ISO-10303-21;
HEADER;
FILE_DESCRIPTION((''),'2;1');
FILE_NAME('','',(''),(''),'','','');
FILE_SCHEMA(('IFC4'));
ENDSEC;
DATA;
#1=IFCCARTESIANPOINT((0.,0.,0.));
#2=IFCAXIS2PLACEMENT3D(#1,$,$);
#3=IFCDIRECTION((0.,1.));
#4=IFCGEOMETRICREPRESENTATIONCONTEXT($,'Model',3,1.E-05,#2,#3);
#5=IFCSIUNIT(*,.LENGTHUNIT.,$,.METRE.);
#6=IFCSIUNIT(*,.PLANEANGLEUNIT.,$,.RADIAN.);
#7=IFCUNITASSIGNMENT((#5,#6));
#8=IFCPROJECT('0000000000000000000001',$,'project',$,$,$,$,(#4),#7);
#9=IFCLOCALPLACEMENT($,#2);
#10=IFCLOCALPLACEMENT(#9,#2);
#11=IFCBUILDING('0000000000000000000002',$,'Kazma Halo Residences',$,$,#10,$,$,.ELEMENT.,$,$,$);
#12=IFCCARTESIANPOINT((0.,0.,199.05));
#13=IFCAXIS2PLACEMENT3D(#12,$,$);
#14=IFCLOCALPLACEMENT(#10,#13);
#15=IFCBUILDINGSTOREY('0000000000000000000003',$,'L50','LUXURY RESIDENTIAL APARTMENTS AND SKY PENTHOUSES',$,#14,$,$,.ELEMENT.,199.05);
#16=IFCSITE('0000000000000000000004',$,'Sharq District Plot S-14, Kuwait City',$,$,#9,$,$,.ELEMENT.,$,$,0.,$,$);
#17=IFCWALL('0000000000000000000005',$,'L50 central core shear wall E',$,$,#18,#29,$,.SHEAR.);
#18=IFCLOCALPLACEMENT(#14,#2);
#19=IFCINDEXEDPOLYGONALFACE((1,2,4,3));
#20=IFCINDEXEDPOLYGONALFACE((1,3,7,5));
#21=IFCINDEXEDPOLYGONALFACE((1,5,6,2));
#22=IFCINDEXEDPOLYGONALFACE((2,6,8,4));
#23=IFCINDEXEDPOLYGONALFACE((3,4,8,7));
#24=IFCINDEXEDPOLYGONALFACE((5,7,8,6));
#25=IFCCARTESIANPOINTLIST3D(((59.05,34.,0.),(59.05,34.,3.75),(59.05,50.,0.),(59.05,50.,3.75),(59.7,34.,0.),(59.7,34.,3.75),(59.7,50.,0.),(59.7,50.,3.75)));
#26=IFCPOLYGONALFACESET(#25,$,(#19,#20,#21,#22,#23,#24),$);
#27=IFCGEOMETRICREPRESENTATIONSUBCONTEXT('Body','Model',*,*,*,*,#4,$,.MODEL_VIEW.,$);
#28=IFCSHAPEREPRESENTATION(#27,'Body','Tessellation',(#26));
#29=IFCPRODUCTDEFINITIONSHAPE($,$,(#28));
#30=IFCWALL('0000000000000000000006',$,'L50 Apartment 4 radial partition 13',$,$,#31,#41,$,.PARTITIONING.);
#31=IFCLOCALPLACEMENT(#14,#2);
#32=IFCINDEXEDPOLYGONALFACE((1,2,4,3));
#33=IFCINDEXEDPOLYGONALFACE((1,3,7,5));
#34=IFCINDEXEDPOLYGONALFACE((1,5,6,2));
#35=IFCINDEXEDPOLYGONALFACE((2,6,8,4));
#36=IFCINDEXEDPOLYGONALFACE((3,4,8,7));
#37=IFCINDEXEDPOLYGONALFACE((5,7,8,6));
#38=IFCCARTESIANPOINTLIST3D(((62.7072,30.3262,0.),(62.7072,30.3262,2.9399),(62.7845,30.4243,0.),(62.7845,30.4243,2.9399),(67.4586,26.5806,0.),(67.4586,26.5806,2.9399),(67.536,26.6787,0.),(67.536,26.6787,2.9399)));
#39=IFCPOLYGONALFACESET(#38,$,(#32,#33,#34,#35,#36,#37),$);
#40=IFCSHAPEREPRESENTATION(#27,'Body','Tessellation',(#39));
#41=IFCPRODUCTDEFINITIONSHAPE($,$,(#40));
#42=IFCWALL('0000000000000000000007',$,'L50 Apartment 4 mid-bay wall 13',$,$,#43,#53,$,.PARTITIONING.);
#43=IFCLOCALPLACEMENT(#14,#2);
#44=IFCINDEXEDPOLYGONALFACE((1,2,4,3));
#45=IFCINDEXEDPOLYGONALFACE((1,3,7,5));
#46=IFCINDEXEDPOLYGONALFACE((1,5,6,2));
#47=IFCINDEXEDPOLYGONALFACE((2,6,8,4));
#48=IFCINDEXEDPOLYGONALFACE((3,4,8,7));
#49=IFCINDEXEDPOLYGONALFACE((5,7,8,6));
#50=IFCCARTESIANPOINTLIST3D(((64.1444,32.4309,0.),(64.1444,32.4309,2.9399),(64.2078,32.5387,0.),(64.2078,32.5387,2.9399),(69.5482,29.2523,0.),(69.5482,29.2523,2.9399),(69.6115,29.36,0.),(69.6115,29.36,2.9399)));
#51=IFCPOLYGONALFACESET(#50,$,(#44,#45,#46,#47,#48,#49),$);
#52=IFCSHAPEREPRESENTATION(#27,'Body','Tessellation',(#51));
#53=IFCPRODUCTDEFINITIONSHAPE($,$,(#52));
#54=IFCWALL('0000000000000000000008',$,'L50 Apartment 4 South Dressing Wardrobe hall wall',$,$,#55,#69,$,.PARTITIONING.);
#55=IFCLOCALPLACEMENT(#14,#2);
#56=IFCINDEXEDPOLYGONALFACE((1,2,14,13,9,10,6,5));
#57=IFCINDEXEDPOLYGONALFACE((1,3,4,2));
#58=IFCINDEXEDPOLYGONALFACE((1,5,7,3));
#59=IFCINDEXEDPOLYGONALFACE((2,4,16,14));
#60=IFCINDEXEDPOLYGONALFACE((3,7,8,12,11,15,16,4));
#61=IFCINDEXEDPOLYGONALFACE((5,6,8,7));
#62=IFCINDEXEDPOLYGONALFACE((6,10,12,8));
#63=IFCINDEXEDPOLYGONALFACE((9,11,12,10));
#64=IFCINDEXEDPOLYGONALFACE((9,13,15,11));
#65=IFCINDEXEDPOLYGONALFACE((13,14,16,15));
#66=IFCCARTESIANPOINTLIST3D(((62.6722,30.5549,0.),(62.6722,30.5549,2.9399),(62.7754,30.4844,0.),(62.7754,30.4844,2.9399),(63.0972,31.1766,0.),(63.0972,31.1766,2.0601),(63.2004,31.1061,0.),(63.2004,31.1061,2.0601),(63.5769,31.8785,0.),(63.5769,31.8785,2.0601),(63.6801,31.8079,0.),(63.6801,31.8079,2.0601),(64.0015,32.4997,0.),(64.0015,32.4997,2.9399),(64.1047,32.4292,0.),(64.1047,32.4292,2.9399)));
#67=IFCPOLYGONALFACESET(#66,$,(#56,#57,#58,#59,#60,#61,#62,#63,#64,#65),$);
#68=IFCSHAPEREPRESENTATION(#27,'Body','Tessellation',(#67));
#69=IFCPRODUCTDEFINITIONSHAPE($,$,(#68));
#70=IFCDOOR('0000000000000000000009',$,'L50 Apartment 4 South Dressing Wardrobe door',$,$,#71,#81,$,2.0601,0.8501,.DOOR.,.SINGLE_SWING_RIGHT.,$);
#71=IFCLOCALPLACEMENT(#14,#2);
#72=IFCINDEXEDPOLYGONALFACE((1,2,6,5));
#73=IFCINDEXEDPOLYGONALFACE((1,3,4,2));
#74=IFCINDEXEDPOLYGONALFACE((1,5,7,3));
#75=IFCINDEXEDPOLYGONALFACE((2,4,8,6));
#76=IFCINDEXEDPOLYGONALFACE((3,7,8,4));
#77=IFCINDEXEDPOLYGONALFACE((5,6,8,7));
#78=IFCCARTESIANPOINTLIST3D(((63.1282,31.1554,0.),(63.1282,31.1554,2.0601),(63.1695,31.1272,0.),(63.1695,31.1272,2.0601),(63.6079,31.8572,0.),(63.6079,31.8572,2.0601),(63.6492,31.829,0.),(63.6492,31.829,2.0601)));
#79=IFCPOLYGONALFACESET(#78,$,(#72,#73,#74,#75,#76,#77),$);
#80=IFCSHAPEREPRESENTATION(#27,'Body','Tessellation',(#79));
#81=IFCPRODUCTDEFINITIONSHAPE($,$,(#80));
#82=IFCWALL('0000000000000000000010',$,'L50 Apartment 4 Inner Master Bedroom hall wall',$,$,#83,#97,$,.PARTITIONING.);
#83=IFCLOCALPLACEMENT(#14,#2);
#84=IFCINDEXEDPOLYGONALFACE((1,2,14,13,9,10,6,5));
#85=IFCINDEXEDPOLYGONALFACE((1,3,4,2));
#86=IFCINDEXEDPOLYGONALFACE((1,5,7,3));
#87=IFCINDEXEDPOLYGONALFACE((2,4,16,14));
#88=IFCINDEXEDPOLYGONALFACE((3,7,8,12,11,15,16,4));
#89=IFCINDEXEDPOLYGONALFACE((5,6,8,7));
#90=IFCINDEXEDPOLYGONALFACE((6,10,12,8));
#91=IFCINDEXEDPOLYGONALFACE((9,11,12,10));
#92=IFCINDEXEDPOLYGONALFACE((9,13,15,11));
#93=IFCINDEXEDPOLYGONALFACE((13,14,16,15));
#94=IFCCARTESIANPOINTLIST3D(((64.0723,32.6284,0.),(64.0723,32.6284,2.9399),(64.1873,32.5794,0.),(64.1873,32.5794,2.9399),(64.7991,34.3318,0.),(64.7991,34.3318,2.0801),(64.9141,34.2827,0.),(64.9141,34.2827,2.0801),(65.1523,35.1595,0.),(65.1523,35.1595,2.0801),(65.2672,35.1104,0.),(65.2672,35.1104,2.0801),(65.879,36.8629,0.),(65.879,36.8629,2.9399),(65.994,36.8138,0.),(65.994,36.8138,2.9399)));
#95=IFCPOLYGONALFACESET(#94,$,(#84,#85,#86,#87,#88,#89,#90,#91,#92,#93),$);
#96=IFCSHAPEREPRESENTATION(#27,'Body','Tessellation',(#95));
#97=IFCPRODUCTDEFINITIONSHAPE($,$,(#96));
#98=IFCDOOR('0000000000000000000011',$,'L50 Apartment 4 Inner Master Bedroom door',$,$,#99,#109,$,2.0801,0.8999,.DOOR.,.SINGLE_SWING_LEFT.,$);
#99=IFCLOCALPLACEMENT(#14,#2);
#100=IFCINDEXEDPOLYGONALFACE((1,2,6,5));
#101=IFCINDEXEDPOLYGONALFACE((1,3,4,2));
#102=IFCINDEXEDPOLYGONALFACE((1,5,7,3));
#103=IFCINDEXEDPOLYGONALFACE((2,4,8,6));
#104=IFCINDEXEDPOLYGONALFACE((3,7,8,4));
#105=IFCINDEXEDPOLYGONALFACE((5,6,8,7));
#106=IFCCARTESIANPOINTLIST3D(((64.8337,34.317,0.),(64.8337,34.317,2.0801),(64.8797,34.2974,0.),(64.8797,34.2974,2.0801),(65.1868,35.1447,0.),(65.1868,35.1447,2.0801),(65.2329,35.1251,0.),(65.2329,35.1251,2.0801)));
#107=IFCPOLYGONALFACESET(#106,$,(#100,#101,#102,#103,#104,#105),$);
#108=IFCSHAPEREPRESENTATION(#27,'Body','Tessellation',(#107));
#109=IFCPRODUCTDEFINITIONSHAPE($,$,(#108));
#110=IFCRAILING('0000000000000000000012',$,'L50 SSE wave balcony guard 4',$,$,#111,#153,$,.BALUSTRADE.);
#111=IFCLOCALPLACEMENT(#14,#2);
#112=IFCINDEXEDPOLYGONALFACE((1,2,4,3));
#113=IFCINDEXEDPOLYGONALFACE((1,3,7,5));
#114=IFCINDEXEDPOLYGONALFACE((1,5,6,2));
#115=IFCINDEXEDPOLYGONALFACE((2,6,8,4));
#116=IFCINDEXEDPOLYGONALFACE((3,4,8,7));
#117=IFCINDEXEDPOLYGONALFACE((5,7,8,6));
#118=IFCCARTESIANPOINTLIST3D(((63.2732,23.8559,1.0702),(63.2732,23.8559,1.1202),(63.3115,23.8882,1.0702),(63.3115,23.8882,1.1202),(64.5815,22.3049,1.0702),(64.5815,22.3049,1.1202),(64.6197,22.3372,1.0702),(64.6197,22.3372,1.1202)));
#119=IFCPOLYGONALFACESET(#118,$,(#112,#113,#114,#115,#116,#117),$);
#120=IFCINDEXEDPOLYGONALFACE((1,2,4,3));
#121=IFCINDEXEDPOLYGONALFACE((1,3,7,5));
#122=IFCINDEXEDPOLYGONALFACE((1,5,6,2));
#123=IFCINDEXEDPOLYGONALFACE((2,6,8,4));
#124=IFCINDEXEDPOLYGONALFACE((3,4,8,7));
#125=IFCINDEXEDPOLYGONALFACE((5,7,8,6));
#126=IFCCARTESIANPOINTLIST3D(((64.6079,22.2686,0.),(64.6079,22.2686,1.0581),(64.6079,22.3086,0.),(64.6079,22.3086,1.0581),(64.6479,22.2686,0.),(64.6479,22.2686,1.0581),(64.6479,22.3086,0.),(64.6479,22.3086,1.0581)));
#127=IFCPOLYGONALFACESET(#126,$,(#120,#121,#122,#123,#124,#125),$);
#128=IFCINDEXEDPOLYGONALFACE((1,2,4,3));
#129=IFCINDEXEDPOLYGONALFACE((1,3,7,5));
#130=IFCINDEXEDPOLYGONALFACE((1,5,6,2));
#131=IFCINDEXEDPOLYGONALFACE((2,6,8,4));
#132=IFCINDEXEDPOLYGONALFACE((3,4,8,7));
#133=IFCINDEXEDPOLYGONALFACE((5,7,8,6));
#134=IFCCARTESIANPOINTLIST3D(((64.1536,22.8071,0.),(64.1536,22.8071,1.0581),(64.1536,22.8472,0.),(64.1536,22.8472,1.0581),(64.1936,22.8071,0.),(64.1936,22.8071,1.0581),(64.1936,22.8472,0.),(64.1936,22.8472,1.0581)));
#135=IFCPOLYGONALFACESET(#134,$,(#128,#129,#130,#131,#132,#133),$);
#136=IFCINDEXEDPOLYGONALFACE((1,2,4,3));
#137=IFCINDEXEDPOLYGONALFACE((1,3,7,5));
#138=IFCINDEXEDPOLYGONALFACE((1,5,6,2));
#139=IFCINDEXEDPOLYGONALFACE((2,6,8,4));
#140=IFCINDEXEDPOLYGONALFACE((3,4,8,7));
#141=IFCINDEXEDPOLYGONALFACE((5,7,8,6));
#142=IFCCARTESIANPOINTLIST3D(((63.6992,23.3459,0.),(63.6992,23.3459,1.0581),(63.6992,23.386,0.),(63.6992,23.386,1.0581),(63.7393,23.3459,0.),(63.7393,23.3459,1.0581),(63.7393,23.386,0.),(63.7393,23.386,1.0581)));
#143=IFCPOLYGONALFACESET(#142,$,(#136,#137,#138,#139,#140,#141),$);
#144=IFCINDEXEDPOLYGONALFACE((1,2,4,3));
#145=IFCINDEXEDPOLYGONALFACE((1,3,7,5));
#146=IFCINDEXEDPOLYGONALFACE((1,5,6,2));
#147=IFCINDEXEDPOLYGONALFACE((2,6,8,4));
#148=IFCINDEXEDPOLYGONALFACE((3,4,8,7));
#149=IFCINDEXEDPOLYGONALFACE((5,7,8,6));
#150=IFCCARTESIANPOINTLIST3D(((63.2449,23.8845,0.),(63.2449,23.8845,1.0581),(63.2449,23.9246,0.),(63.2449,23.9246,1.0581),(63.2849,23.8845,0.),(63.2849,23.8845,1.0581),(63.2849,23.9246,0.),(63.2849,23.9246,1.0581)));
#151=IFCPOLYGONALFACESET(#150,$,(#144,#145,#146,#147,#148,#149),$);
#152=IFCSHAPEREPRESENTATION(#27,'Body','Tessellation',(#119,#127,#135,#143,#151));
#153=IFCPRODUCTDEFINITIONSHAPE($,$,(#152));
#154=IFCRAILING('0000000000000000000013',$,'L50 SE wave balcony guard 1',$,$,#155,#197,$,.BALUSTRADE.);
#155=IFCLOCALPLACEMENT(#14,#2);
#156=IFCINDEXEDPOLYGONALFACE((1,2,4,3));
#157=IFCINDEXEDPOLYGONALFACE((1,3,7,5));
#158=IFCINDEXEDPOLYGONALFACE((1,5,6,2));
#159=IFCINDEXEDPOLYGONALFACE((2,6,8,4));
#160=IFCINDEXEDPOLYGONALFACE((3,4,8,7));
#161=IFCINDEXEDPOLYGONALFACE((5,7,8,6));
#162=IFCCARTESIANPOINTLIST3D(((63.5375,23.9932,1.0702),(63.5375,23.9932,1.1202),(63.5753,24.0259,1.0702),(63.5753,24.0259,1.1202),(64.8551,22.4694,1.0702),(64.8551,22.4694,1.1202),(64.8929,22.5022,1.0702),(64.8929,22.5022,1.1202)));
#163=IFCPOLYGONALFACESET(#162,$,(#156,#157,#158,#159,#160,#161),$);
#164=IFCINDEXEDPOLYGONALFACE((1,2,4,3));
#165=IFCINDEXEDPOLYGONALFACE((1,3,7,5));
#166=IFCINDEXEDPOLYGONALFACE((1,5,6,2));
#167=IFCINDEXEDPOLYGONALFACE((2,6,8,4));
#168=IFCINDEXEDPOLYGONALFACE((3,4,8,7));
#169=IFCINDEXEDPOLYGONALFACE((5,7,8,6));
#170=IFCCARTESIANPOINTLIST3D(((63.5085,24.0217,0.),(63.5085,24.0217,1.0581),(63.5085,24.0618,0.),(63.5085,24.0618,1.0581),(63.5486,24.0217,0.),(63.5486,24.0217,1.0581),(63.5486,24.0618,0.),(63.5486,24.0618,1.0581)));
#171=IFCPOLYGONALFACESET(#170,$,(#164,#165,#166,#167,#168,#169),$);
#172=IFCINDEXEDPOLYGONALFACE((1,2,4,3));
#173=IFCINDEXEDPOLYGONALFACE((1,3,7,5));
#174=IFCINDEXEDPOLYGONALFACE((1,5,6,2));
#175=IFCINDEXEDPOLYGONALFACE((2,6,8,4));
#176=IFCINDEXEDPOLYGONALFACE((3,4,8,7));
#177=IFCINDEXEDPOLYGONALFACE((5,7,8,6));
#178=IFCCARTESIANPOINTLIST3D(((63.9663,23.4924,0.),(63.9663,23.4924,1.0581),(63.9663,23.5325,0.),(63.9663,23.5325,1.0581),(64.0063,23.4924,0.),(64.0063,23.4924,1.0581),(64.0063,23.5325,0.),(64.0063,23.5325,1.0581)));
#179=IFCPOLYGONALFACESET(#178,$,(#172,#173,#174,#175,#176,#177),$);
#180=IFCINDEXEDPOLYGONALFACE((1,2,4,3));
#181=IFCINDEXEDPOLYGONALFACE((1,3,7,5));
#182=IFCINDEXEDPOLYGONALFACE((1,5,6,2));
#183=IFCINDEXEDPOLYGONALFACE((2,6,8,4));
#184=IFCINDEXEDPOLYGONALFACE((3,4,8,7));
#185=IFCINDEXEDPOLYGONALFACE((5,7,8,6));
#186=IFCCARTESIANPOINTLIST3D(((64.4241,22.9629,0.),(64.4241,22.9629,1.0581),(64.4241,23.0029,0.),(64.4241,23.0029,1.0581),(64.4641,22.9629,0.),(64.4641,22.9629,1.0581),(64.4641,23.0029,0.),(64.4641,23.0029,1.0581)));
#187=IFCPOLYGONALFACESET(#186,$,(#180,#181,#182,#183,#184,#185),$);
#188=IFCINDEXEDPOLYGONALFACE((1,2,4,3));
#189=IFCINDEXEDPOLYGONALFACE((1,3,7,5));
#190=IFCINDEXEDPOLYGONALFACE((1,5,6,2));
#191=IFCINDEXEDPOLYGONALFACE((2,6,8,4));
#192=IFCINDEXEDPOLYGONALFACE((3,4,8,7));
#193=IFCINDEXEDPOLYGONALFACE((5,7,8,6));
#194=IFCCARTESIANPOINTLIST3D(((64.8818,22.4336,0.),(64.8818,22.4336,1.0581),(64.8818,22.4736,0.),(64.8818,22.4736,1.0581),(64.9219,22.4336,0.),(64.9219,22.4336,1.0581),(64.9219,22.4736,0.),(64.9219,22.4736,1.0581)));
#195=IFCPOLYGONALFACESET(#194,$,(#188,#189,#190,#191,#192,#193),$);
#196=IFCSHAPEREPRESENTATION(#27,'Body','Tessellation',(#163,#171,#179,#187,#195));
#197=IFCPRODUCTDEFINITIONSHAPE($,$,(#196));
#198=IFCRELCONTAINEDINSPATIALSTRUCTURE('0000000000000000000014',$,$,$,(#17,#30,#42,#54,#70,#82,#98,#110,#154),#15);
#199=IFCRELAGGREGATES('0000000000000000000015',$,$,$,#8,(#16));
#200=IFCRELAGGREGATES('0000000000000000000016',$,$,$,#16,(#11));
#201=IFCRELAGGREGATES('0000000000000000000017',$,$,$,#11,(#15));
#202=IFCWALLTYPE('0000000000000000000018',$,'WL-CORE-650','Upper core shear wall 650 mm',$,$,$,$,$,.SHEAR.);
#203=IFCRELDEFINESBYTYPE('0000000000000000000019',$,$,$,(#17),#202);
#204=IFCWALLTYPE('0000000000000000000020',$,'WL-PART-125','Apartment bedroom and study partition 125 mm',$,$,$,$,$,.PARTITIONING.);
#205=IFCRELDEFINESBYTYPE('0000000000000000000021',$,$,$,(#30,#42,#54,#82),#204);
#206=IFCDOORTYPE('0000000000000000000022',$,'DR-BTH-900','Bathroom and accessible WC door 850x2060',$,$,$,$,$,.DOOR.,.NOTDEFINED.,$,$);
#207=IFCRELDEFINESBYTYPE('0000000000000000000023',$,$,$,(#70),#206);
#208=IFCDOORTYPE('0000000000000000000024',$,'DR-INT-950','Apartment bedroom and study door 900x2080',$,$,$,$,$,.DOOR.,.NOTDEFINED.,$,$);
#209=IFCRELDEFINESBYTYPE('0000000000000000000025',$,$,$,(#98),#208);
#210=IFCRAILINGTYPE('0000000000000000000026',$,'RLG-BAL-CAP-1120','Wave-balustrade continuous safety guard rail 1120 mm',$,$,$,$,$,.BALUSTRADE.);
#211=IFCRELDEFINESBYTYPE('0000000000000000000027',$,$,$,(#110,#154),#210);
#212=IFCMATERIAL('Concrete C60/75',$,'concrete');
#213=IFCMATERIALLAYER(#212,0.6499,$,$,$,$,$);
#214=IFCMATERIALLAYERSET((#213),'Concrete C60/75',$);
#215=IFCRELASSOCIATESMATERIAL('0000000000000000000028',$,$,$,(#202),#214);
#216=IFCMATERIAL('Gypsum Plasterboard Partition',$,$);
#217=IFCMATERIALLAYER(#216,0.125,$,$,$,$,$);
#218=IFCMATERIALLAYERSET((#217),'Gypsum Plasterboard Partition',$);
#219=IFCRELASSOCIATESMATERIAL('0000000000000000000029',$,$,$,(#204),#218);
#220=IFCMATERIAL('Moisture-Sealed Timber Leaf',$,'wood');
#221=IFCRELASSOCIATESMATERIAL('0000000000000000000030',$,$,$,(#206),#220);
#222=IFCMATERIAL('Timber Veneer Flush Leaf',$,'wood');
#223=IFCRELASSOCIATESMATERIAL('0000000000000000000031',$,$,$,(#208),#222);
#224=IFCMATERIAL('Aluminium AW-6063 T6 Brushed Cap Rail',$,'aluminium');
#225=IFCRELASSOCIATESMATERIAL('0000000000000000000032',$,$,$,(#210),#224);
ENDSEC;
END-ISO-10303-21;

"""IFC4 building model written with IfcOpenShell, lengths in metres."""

from ifc_helpers import new_model, si_unit, direction, frame, frame_2d, origin, origin_2d, place, context, subcontext, project, spatial, rectangle, extrude, material, layer, layer_set, type_object, element, fill, save


model = new_model("IFC4")

# Units and contexts
model_context = context("Model", 3, precision=1e-05, world=origin(), true_north=direction((0.0, 1.0)))
body_context = subcontext(model_context, "Body", "Model", "MODEL_VIEW")
ifc_project = project(units=[si_unit("LENGTHUNIT", "METRE"), si_unit("PLANEANGLEUNIT", "RADIAN")], contexts=[model_context])

# Site, building, storey
site_placement = place(None, origin())
site = spatial("IfcSite", under=ifc_project, at=site_placement, Name="Sharq District Plot S-14, Kuwait City", CompositionType="ELEMENT", RefElevation=0.0)
building_placement = place(site_placement, origin())
building = spatial("IfcBuilding", under=site, at=building_placement, Name="Kazma Halo Residences", CompositionType="ELEMENT")
storey_placement = place(building_placement, frame((0.0, 0.0, 199.05)))
storey = spatial("IfcBuildingStorey", under=building, at=storey_placement, Name="L50", Description="LUXURY RESIDENTIAL APARTMENTS AND SKY PENTHOUSES", CompositionType="ELEMENT", Elevation=199.05)

# Wall
ifc_material_1 = material(Name="Concrete C60/75", Category="concrete")
ifc_layer_1 = layer(ifc_material_1, 0.6499)
ifc_layer_set_1 = layer_set([ifc_layer_1], Name="Concrete C60/75")
wall_type_1 = type_object("IfcWallType", Name="WL-CORE-650", Description="Upper core shear wall 650 mm", PredefinedType="SHEAR", material=ifc_layer_set_1)
wall_1_placement = place(storey_placement, frame((59.375, 34.0, 0.0), z_axis=(0.0, 0.0, 1.0), x_axis=(0.0, 1.0, 0.0)))
element("IfcWall", 1, at=wall_1_placement, inside=storey, type_object=wall_type_1, Name="L50 central core shear wall E", PredefinedType="SHEAR", context=body_context, shape_type="SweptSolid", body=[
    extrude(rectangle(XDim=16.0, YDim=0.6499, at=frame_2d((8.0, 0.0))), origin(), (0.0, 0.0, 1.0), 3.75),
])

# Walls
ifc_material_2 = material(Name="Gypsum Plasterboard Partition")
ifc_layer_2 = layer(ifc_material_2, 0.125)
ifc_layer_set_2 = layer_set([ifc_layer_2], Name="Gypsum Plasterboard Partition")
wall_type_2 = type_object("IfcWallType", Name="WL-PART-125", Description="Apartment bedroom and study partition 125 mm", PredefinedType="PARTITIONING", material=ifc_layer_set_2)
wall_2_placement = place(storey_placement, frame((62.7458, 30.3752, 0.0), z_axis=(0.0, 0.0, 1.0), x_axis=(0.785329, -0.619079, 0.0)))
element("IfcWall", 2, at=wall_2_placement, inside=storey, type_object=wall_type_2, Name="L50 Apartment 4 radial partition 13", PredefinedType="PARTITIONING", context=body_context, shape_type="SweptSolid", body=[
    extrude(rectangle(XDim=6.0503, YDim=0.125, at=frame_2d((3.0251, 0.0))), origin(), (0.0, 0.0, 1.0), 2.9399),
])
wall_3_placement = place(storey_placement, frame((64.176, 32.4849, 0.0), z_axis=(0.0, 0.0, 1.0), x_axis=(0.861934, -0.50702, 0.0)))
element("IfcWall", 3, at=wall_3_placement, inside=storey, type_object=wall_type_2, Name="L50 Apartment 4 mid-bay wall 13", PredefinedType="PARTITIONING", context=body_context, shape_type="SweptSolid", body=[
    extrude(rectangle(XDim=6.2693, YDim=0.125, at=frame_2d((3.1348, 0.0))), origin(), (0.0, 0.0, 1.0), 2.9399),
])

# Walls, openings, doors
wall_4_placement = place(storey_placement, frame((62.7239, 30.5198, 0.0), z_axis=(0.0, 0.0, 1.0), x_axis=(0.564301, 0.825569, 0.0)))
wall_4 = element("IfcWall", 4, at=wall_4_placement, inside=storey, type_object=wall_type_2, Name="L50 Apartment 4 South Dressing Wardrobe hall wall", PredefinedType="PARTITIONING", context=body_context, shape_type="SweptSolid", body=[
    extrude(rectangle(XDim=2.3557, YDim=0.125, at=frame_2d((1.1777, 0.0))), origin(), (0.0, 0.0, 1.0), 2.9399),
])
opening_1_placement = place(wall_4_placement, frame((0.7529, 0.0, 0.0)))
opening_1 = element("IfcOpeningElement", 5, at=opening_1_placement, cuts=wall_4, PredefinedType="OPENING", context=body_context, shape_type="SweptSolid", body=[
    extrude(rectangle(XDim=0.8501, YDim=2.0601, at=frame_2d((0.425, 1.03))), frame((0.0, 0.0725, 0.0), z_axis=(0.0, -1.0, 0.0), x_axis=(1.0, 0.0, 0.0)), (0.0, 0.0, 1.0), 0.145),
])
ifc_material_3 = material(Name="Moisture-Sealed Timber Leaf", Category="wood")
door_type_1 = type_object("IfcDoorType", Name="DR-BTH-900", Description="Bathroom and accessible WC door 850x2060", OperationType="NOTDEFINED", PredefinedType="DOOR", material=ifc_material_3)
door_1_placement = place(opening_1_placement, origin())
door_1 = element("IfcDoor", 6, at=door_1_placement, inside=storey, type_object=door_type_1, Name="L50 Apartment 4 South Dressing Wardrobe door", OperationType="SINGLE_SWING_RIGHT", OverallHeight=2.0601, OverallWidth=0.8501, PredefinedType="DOOR", context=body_context, shape_type="SweptSolid", body=[
    extrude(rectangle(XDim=0.8501, YDim=2.0601, at=frame_2d((0.425, 1.03))), frame((0.0, 0.0249, 0.0), z_axis=(0.0, -1.0, 0.0), x_axis=(1.0, 0.0, 0.0)), (0.0, 0.0, 1.0), 0.05),
])
fill(opening_1, door_1)
wall_5_placement = place(storey_placement, frame((64.1299, 32.604, 0.0), z_axis=(0.0, 0.0, 1.0), x_axis=(0.392434, 0.91978, 0.0)))
wall_5 = element("IfcWall", 7, at=wall_5_placement, inside=storey, type_object=wall_type_2, Name="L50 Apartment 4 Inner Master Bedroom hall wall", PredefinedType="PARTITIONING", context=body_context, shape_type="SweptSolid", body=[
    extrude(rectangle(XDim=4.6038, YDim=0.125, at=frame_2d((2.3018, 0.0))), origin(), (0.0, 0.0, 1.0), 2.9399),
])
opening_2_placement = place(wall_5_placement, frame((1.8518, 0.0, 0.0)))
opening_2 = element("IfcOpeningElement", 8, at=opening_2_placement, cuts=wall_5, PredefinedType="OPENING", context=body_context, shape_type="SweptSolid", body=[
    extrude(rectangle(XDim=0.8999, YDim=2.0801, at=frame_2d((0.45, 1.04))), frame((0.0, 0.0725, 0.0), z_axis=(0.0, -1.0, 0.0), x_axis=(1.0, 0.0, 0.0)), (0.0, 0.0, 1.0), 0.145),
])
ifc_material_4 = material(Name="Timber Veneer Flush Leaf", Category="wood")
door_type_2 = type_object("IfcDoorType", Name="DR-INT-950", Description="Apartment bedroom and study door 900x2080", OperationType="NOTDEFINED", PredefinedType="DOOR", material=ifc_material_4)
door_2_placement = place(opening_2_placement, origin())
door_2 = element("IfcDoor", 9, at=door_2_placement, inside=storey, type_object=door_type_2, Name="L50 Apartment 4 Inner Master Bedroom door", OperationType="SINGLE_SWING_LEFT", OverallHeight=2.0801, OverallWidth=0.8999, PredefinedType="DOOR", context=body_context, shape_type="SweptSolid", body=[
    extrude(rectangle(XDim=0.8999, YDim=2.0801, at=frame_2d((0.45, 1.04))), frame((0.0, 0.0249, 0.0), z_axis=(0.0, -1.0, 0.0), x_axis=(1.0, 0.0, 0.0)), (0.0, 0.0, 1.0), 0.05),
])
fill(opening_2, door_2)

# Railings
ifc_material_5 = material(Name="Aluminium AW-6063 T6 Brushed Cap Rail", Category="aluminium")
railing_type = type_object("IfcRailingType", Name="RLG-BAL-CAP-1120", Description="Wave-balustrade continuous safety guard rail 1120 mm", PredefinedType="BALUSTRADE", material=ifc_material_5)
railing_1_placement = place(storey_placement, frame((64.6279, 22.2886, 0.0)))
element("IfcRailing", 10, at=railing_1_placement, inside=storey, type_object=railing_type, Name="L50 SSE wave balcony guard 4", PredefinedType="BALUSTRADE", context=body_context, shape_type="SweptSolid", body=[
    extrude(rectangle(XDim=0.05, YDim=0.05, at=origin_2d()), frame((-0.0273, 0.0325, 1.0952), z_axis=(-0.644751, 0.764393, 0.0), x_axis=(-0.764393, -0.644751, 0.0)), (0.0, 0.0, 1.0), 2.0291),
    extrude(rectangle(XDim=0.04, YDim=0.04, at=origin_2d()), origin(), (0.0, 0.0, 1.0), 1.0581),
    extrude(rectangle(XDim=0.04, YDim=0.04, at=origin_2d()), frame((-0.4543, 0.5386, 0.0)), (0.0, 0.0, 1.0), 1.0581),
    extrude(rectangle(XDim=0.04, YDim=0.04, at=origin_2d()), frame((-0.9087, 1.0774, 0.0)), (0.0, 0.0, 1.0), 1.0581),
    extrude(rectangle(XDim=0.04, YDim=0.04, at=origin_2d()), frame((-1.363, 1.616, 0.0)), (0.0, 0.0, 1.0), 1.0581),
])
railing_2_placement = place(storey_placement, frame((63.5286, 24.0417, 0.0)))
element("IfcRailing", 11, at=railing_2_placement, inside=storey, type_object=railing_type, Name="L50 SE wave balcony guard 1", PredefinedType="BALUSTRADE", context=body_context, shape_type="SweptSolid", body=[
    extrude(rectangle(XDim=0.05, YDim=0.05, at=origin_2d()), frame((0.0278, -0.0322, 1.0952), z_axis=(0.654089, -0.756418, 0.0), x_axis=(0.756418, 0.654089, 0.0)), (0.0, 0.0, 1.0), 2.0144),
    extrude(rectangle(XDim=0.04, YDim=0.04, at=origin_2d()), origin(), (0.0, 0.0, 1.0), 1.0581),
    extrude(rectangle(XDim=0.04, YDim=0.04, at=origin_2d()), frame((0.4578, -0.5293, 0.0)), (0.0, 0.0, 1.0), 1.0581),
    extrude(rectangle(XDim=0.04, YDim=0.04, at=origin_2d()), frame((0.9155, -1.0588, 0.0)), (0.0, 0.0, 1.0), 1.0581),
    extrude(rectangle(XDim=0.04, YDim=0.04, at=origin_2d()), frame((1.3733, -1.5881, 0.0)), (0.0, 0.0, 1.0), 1.0581),
])

save(model, "model.ifc")
